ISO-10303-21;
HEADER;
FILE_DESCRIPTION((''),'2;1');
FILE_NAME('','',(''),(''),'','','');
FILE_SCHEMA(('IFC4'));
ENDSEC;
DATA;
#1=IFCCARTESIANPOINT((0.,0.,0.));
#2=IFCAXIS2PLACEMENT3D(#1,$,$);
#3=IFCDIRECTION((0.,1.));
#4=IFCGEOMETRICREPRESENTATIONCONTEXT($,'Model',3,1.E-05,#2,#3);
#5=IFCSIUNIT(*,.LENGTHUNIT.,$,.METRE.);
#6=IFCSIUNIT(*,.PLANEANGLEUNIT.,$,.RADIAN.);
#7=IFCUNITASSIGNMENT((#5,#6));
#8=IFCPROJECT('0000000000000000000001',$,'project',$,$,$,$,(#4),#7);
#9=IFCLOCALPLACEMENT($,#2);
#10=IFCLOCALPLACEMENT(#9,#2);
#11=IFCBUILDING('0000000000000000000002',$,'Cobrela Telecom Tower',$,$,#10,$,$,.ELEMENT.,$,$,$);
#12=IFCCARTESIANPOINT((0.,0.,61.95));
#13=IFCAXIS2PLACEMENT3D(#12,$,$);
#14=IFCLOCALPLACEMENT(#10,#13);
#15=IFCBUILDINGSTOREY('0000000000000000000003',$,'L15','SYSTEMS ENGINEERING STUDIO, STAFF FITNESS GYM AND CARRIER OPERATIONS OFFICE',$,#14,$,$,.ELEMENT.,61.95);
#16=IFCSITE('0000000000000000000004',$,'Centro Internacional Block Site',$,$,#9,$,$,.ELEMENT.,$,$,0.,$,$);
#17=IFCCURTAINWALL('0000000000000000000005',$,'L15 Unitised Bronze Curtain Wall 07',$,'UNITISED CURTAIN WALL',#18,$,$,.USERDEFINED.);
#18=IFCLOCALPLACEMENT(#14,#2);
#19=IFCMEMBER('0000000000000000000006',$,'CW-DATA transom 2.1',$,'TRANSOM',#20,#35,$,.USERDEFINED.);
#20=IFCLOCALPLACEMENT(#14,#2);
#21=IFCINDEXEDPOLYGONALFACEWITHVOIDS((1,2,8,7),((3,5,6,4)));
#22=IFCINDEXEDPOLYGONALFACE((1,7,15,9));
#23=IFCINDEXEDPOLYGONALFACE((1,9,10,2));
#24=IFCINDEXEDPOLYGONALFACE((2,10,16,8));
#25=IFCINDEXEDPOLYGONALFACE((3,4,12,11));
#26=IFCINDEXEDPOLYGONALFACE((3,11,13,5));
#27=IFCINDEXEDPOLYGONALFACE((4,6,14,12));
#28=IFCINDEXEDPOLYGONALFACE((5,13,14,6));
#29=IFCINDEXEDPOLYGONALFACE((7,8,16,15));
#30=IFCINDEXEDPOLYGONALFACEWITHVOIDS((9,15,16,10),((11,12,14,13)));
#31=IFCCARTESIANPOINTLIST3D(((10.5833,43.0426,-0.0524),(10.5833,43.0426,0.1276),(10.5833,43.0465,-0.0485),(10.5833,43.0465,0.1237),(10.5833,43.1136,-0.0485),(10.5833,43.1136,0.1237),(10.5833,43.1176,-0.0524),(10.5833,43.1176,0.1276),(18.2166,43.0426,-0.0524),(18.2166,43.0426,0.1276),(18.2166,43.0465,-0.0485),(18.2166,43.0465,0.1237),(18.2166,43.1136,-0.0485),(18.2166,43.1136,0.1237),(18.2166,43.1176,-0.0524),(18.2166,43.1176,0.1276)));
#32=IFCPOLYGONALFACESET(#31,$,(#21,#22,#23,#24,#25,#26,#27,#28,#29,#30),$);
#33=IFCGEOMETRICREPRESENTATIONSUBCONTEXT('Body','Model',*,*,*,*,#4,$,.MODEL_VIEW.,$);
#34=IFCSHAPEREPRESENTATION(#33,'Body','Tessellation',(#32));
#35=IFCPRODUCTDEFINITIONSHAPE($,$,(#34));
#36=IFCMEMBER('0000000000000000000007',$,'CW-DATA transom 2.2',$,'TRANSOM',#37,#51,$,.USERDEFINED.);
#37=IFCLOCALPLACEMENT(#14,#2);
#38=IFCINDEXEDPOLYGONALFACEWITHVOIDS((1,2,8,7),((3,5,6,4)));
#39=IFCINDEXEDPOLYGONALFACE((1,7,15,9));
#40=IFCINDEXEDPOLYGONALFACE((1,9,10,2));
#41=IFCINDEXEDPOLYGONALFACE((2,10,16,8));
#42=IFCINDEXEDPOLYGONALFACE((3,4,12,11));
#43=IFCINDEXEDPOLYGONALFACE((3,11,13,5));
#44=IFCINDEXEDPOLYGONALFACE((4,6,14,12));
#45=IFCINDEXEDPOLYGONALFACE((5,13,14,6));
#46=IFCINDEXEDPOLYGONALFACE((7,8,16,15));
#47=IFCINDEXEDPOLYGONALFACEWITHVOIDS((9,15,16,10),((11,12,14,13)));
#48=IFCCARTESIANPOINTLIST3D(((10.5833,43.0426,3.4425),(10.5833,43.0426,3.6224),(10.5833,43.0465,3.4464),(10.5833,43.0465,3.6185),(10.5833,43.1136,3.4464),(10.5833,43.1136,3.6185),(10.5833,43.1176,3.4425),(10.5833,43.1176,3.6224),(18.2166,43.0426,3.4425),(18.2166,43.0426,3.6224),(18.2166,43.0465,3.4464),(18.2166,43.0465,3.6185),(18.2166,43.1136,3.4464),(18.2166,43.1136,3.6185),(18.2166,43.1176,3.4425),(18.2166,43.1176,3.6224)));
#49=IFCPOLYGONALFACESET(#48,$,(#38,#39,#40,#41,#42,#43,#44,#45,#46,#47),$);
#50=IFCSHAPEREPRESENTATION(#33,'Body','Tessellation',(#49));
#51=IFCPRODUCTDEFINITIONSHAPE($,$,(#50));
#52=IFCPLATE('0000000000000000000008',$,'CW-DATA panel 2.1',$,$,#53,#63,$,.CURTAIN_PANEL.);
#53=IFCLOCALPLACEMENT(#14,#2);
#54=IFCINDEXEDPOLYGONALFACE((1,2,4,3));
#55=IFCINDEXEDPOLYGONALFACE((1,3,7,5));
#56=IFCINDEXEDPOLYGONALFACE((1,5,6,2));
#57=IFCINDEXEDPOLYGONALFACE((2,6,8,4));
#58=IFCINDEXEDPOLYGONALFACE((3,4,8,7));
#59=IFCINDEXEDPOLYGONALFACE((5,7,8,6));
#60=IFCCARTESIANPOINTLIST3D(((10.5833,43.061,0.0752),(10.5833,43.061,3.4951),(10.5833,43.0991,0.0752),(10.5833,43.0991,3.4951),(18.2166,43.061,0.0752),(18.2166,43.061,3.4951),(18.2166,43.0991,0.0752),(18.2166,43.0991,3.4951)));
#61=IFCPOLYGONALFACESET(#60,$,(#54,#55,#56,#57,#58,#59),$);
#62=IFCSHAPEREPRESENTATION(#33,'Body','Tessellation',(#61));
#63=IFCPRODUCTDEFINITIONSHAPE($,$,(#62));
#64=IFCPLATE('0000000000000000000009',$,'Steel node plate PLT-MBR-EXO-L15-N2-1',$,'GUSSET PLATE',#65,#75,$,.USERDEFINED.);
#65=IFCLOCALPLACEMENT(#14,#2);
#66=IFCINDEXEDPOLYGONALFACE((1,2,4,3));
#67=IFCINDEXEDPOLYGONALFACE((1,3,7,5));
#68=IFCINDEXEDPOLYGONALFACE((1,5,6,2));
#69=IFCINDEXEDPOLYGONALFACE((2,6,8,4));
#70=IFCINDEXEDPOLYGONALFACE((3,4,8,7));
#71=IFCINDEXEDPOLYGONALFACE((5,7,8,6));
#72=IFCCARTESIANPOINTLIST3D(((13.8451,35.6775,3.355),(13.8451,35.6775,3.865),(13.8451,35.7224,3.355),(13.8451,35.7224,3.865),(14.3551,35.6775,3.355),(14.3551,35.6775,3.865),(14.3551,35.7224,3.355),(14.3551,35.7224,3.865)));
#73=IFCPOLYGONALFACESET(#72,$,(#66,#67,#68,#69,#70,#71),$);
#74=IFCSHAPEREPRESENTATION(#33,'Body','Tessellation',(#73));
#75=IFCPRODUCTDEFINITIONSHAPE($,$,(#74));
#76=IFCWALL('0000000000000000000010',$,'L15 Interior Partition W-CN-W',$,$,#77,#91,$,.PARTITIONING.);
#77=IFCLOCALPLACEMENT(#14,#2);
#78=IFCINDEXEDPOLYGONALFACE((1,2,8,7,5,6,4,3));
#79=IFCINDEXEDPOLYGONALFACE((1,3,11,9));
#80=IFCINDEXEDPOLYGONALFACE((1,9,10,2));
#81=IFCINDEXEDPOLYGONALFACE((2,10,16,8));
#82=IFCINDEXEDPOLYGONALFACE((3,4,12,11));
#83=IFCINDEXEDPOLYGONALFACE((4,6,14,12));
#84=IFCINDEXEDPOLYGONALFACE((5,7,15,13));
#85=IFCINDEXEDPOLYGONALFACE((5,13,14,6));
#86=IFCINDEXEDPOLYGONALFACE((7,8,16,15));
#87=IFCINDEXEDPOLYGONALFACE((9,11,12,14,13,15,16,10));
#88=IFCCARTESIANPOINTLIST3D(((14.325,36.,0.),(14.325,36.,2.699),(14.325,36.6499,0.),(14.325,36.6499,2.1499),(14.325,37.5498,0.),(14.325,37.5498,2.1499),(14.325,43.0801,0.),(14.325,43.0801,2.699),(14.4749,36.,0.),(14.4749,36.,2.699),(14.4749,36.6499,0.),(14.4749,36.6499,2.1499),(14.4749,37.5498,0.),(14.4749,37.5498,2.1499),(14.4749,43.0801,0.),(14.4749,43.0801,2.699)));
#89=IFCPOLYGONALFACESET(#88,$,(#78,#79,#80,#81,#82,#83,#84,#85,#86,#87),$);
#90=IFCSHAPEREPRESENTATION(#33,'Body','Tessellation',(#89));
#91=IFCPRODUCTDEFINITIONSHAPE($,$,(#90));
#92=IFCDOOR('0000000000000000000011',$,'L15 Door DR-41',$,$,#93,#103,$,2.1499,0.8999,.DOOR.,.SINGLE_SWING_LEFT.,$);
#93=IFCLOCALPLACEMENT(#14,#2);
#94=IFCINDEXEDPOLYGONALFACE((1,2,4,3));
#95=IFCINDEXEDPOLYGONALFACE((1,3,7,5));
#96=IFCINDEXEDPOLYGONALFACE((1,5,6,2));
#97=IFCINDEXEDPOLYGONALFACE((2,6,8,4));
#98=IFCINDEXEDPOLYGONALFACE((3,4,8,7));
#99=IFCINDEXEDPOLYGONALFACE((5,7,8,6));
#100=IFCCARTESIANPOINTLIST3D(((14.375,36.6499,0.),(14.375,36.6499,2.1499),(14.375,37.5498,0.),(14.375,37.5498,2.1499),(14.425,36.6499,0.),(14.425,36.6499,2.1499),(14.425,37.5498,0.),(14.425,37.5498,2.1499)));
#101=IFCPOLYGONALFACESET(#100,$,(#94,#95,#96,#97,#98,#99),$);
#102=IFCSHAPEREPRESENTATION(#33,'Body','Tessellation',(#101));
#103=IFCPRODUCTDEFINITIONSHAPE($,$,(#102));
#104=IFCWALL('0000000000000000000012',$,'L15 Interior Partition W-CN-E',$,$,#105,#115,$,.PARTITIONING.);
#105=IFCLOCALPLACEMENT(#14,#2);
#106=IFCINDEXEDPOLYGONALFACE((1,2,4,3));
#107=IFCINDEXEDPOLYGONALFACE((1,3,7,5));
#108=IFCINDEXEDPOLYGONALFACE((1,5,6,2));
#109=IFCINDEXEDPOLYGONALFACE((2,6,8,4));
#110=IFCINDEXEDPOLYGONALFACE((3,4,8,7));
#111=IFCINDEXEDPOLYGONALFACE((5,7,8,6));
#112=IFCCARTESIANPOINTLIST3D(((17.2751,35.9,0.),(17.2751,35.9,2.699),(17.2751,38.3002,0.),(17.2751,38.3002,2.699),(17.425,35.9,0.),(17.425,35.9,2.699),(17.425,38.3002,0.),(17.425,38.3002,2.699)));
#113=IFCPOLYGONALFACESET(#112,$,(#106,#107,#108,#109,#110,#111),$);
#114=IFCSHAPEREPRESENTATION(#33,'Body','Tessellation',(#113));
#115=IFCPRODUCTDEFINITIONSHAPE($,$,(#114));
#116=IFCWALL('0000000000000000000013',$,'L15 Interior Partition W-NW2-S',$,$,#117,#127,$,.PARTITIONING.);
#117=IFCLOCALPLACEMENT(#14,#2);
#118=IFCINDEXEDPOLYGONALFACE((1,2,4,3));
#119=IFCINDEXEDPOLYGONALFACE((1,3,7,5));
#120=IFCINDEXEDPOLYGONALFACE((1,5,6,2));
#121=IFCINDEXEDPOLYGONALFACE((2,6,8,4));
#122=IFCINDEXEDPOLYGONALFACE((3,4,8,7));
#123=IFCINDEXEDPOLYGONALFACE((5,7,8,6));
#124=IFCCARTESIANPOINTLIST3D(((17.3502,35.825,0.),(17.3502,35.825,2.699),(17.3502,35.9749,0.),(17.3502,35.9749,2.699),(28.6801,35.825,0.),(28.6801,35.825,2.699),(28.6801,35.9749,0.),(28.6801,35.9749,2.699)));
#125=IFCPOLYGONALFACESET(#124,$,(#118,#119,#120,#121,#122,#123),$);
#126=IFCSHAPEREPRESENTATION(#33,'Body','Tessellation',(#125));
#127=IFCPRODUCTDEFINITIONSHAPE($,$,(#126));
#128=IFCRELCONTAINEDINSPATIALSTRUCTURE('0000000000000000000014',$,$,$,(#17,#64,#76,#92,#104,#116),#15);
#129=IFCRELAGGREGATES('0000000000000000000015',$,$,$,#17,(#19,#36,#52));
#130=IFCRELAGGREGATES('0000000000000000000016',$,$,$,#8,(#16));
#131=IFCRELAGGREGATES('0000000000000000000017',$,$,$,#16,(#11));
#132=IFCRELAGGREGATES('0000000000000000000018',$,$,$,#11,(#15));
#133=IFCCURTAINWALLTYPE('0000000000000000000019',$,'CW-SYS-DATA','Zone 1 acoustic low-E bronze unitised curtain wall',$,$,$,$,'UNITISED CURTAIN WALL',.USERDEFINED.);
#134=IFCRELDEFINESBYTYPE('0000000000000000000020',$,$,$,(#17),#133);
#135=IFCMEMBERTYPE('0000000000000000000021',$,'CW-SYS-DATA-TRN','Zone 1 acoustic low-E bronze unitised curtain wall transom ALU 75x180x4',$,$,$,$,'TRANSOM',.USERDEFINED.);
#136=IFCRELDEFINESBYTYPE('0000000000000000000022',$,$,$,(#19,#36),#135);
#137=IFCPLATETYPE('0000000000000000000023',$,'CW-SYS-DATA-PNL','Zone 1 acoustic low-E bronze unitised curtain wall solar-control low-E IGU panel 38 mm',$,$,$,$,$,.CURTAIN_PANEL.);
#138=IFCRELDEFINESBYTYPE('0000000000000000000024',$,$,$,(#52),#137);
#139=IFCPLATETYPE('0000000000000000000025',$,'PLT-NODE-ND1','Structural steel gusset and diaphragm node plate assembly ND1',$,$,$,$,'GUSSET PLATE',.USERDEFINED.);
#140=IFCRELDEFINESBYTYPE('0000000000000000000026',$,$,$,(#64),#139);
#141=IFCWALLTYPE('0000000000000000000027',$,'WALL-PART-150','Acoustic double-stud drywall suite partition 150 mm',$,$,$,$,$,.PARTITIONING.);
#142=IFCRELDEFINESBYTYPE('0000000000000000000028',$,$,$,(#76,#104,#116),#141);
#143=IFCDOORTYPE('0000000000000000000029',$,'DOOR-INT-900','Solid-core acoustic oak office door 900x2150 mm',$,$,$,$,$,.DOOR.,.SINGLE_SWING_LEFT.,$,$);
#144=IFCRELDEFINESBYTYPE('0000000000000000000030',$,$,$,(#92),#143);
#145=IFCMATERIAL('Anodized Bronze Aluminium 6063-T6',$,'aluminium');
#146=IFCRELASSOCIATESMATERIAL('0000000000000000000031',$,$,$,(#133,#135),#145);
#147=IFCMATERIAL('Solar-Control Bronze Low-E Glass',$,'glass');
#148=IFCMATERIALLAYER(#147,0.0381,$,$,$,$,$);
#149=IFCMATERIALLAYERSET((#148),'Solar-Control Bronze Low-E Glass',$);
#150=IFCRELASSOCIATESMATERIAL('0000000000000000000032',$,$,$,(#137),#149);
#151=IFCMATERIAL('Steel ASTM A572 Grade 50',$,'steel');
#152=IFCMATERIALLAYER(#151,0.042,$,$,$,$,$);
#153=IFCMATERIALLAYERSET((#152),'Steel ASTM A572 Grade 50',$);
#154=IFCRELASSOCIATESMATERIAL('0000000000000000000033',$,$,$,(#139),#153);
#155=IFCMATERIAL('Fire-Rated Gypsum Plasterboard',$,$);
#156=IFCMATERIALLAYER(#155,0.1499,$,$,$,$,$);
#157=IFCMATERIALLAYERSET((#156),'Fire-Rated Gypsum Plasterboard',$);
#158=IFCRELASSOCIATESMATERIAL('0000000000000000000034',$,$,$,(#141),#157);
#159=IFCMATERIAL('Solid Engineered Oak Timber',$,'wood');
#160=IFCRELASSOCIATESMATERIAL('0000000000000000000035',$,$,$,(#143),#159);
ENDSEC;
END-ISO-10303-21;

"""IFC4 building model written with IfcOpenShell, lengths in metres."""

from ifc_helpers import new_model, si_unit, direction, frame, frame_2d, origin, origin_2d, place, context, subcontext, project, spatial, rectangle, hollow_rectangle, extrude, material, layer, layer_set, material_profile, profile_set, type_object, element, fill, aggregate, save


model = new_model("IFC4")

# Units and contexts
model_context = context("Model", 3, precision=1e-05, world=origin(), true_north=direction((0.0, 1.0)))
body_context = subcontext(model_context, "Body", "Model", "MODEL_VIEW")
ifc_project = project(units=[si_unit("LENGTHUNIT", "METRE"), si_unit("PLANEANGLEUNIT", "RADIAN")], contexts=[model_context])

# Site, building, storey
site_placement = place(None, origin())
site = spatial("IfcSite", under=ifc_project, at=site_placement, Name="Centro Internacional Block Site", CompositionType="ELEMENT", RefElevation=0.0)
building_placement = place(site_placement, origin())
building = spatial("IfcBuilding", under=site, at=building_placement, Name="Cobrela Telecom Tower", CompositionType="ELEMENT")
storey_placement = place(building_placement, frame((0.0, 0.0, 61.95)))
storey = spatial("IfcBuildingStorey", under=building, at=storey_placement, Name="L15", Description="SYSTEMS ENGINEERING STUDIO, STAFF FITNESS GYM AND CARRIER OPERATIONS OFFICE", CompositionType="ELEMENT", Elevation=61.95)

# Shared definitions
ifc_material_1 = material(Name="Steel ASTM A572 Grade 50", Category="steel")

# Curtain wall, members, plate
ifc_material_2 = material(Name="Anodized Bronze Aluminium 6063-T6", Category="aluminium")
curtain_wall_type = type_object("IfcCurtainWallType", Name="CW-SYS-DATA", Description="Zone 1 acoustic low-E bronze unitised curtain wall", ElementType="UNITISED CURTAIN WALL", PredefinedType="USERDEFINED", material=ifc_material_2)
curtain_wall_placement = place(storey_placement, origin())
curtain_wall = element("IfcCurtainWall", 1, at=curtain_wall_placement, inside=storey, type_object=curtain_wall_type, Name="L15 Unitised Bronze Curtain Wall 07", ObjectType="UNITISED CURTAIN WALL", PredefinedType="USERDEFINED")
ifc_material_profile_1 = material_profile(ifc_material_2, hollow_rectangle(XDim=0.075, YDim=0.1799, WallThickness=0.0039, at=origin_2d()), Name="ALU 75x180x4")
ifc_profile_set_1 = profile_set([ifc_material_profile_1], Name="Anodized Bronze Aluminium 6063-T6")
member_type_1 = type_object("IfcMemberType", Name="CW-SYS-DATA-TRN", Description="Zone 1 acoustic low-E bronze unitised curtain wall transom ALU 75x180x4", ElementType="TRANSOM", PredefinedType="USERDEFINED", material=ifc_profile_set_1)
member_1_placement = place(storey_placement, frame((10.5833, 43.0801, 0.0376), z_axis=(1.0, 0.0, 0.0), x_axis=(0.0, 1.0, 0.0)))
member_1 = element("IfcMember", 2, at=member_1_placement, type_object=member_type_1, Name="CW-DATA transom 2.1", ObjectType="TRANSOM", PredefinedType="USERDEFINED", context=body_context, shape_type="SweptSolid", body=[
    extrude(hollow_rectangle(XDim=0.075, YDim=0.1799, WallThickness=0.0039, at=origin_2d()), origin(), (0.0, 0.0, 1.0), 7.6333),
])
member_2_placement = place(storey_placement, frame((10.5833, 43.0801, 3.5325), z_axis=(1.0, 0.0, 0.0), x_axis=(0.0, 1.0, 0.0)))
member_2 = element("IfcMember", 3, at=member_2_placement, type_object=member_type_1, Name="CW-DATA transom 2.2", ObjectType="TRANSOM", PredefinedType="USERDEFINED", context=body_context, shape_type="SweptSolid", body=[
    extrude(hollow_rectangle(XDim=0.075, YDim=0.1799, WallThickness=0.0039, at=origin_2d()), origin(), (0.0, 0.0, 1.0), 7.6333),
])
ifc_material_3 = material(Name="Solar-Control Bronze Low-E Glass", Category="glass")
ifc_layer_1 = layer(ifc_material_3, 0.0381)
ifc_layer_set_1 = layer_set([ifc_layer_1], Name="Solar-Control Bronze Low-E Glass")
plate_type_1 = type_object("IfcPlateType", Name="CW-SYS-DATA-PNL", Description="Zone 1 acoustic low-E bronze unitised curtain wall solar-control low-E IGU panel 38 mm", PredefinedType="CURTAIN_PANEL", material=ifc_layer_set_1)
plate_1_placement = place(storey_placement, frame((14.3999, 43.0801, 0.0752), z_axis=(0.0, 0.0, 1.0), x_axis=(1.0, 0.0, 0.0)))
plate_1 = element("IfcPlate", 4, at=plate_1_placement, type_object=plate_type_1, Name="CW-DATA panel 2.1", PredefinedType="CURTAIN_PANEL", context=body_context, shape_type="SweptSolid", body=[
    extrude(rectangle(XDim=7.6333, YDim=0.0381, at=origin_2d()), origin(), (0.0, 0.0, 1.0), 3.4199),
])
aggregate(curtain_wall, [member_1, member_2, plate_1])

# Plate
ifc_layer_2 = layer(ifc_material_1, 0.042)
ifc_layer_set_2 = layer_set([ifc_layer_2], Name="Steel ASTM A572 Grade 50")
plate_type_2 = type_object("IfcPlateType", Name="PLT-NODE-ND1", Description="Structural steel gusset and diaphragm node plate assembly ND1", ElementType="GUSSET PLATE", PredefinedType="USERDEFINED", material=ifc_layer_set_2)
plate_2_placement = place(storey_placement, frame((14.1001, 35.7, 3.355), z_axis=(0.0, 0.0, 1.0), x_axis=(1.0, 0.0, 0.0)))
element("IfcPlate", 5, at=plate_2_placement, inside=storey, type_object=plate_type_2, Name="Steel node plate PLT-MBR-EXO-L15-N2-1", ObjectType="GUSSET PLATE", PredefinedType="USERDEFINED", context=body_context, shape_type="SweptSolid", body=[
    extrude(rectangle(XDim=0.51, YDim=0.0449, at=origin_2d()), origin(), (0.0, 0.0, 1.0), 0.51),
])

# Wall, opening, door
ifc_material_4 = material(Name="Fire-Rated Gypsum Plasterboard")
ifc_layer_3 = layer(ifc_material_4, 0.1499)
ifc_layer_set_3 = layer_set([ifc_layer_3], Name="Fire-Rated Gypsum Plasterboard")
wall_type = type_object("IfcWallType", Name="WALL-PART-150", Description="Acoustic double-stud drywall suite partition 150 mm", PredefinedType="PARTITIONING", material=ifc_layer_set_3)
wall_1_placement = place(storey_placement, frame((14.3999, 36.0, 0.0), z_axis=(0.0, 0.0, 1.0), x_axis=(0.0, 1.0, 0.0)))
wall_1 = element("IfcWall", 6, at=wall_1_placement, inside=storey, type_object=wall_type, Name="L15 Interior Partition W-CN-W", PredefinedType="PARTITIONING", context=body_context, shape_type="SweptSolid", body=[
    extrude(rectangle(XDim=7.0801, YDim=0.1499, at=frame_2d((3.54, 0.0))), origin(), (0.0, 0.0, 1.0), 2.699),
])
opening_1_placement = place(wall_1_placement, frame((0.6499, 0.0, 0.0)))
opening_1 = element("IfcOpeningElement", 7, at=opening_1_placement, cuts=wall_1, PredefinedType="OPENING", context=body_context, shape_type="SweptSolid", body=[
    extrude(rectangle(XDim=0.8999, YDim=2.1499, at=frame_2d((0.45, 1.075))), frame((0.0, 0.0869, 0.0), z_axis=(0.0, -1.0, 0.0), x_axis=(1.0, 0.0, 0.0)), (0.0, 0.0, 1.0), 0.1738),
])
ifc_material_5 = material(Name="Solid Engineered Oak Timber", Category="wood")
door_type_1 = type_object("IfcDoorType", Name="DOOR-INT-900", Description="Solid-core acoustic oak office door 900x2150 mm", OperationType="SINGLE_SWING_LEFT", PredefinedType="DOOR", material=ifc_material_5)
door_1_placement = place(opening_1_placement, origin())
door_1 = element("IfcDoor", 8, at=door_1_placement, inside=storey, type_object=door_type_1, Name="L15 Door DR-41", OperationType="SINGLE_SWING_LEFT", OverallHeight=2.1499, OverallWidth=0.8999, PredefinedType="DOOR", context=body_context, shape_type="SweptSolid", body=[
    extrude(rectangle(XDim=0.8999, YDim=2.1499, at=frame_2d((0.45, 1.075))), frame((0.0, 0.0249, 0.0), z_axis=(0.0, -1.0, 0.0), x_axis=(1.0, 0.0, 0.0)), (0.0, 0.0, 1.0), 0.05),
])
fill(opening_1, door_1)

# Wall
wall_2_placement = place(storey_placement, frame((17.3501, 35.8999, 0.0), z_axis=(0.0, 0.0, 1.0), x_axis=(0.0, 1.0, 0.0)))
element("IfcWall", 9, at=wall_2_placement, inside=storey, type_object=wall_type, Name="L15 Interior Partition W-CN-E", PredefinedType="PARTITIONING", context=body_context, shape_type="SweptSolid", body=[
    extrude(rectangle(XDim=2.4001, YDim=0.1499, at=frame_2d((1.2002, 0.0))), origin(), (0.0, 0.0, 1.0), 2.699),
])

# Wall
wall_3_placement = place(storey_placement, frame((17.3501, 35.8999, 0.0), z_axis=(0.0, 0.0, 1.0), x_axis=(1.0, 0.0, 0.0)))
element("IfcWall", 10, at=wall_3_placement, inside=storey, type_object=wall_type, Name="L15 Interior Partition W-NW2-S", PredefinedType="PARTITIONING", context=body_context, shape_type="SweptSolid", body=[
    extrude(rectangle(XDim=11.3298, YDim=0.1499, at=frame_2d((5.665, 0.0))), origin(), (0.0, 0.0, 1.0), 2.699),
])

save(model, "model.ifc")
